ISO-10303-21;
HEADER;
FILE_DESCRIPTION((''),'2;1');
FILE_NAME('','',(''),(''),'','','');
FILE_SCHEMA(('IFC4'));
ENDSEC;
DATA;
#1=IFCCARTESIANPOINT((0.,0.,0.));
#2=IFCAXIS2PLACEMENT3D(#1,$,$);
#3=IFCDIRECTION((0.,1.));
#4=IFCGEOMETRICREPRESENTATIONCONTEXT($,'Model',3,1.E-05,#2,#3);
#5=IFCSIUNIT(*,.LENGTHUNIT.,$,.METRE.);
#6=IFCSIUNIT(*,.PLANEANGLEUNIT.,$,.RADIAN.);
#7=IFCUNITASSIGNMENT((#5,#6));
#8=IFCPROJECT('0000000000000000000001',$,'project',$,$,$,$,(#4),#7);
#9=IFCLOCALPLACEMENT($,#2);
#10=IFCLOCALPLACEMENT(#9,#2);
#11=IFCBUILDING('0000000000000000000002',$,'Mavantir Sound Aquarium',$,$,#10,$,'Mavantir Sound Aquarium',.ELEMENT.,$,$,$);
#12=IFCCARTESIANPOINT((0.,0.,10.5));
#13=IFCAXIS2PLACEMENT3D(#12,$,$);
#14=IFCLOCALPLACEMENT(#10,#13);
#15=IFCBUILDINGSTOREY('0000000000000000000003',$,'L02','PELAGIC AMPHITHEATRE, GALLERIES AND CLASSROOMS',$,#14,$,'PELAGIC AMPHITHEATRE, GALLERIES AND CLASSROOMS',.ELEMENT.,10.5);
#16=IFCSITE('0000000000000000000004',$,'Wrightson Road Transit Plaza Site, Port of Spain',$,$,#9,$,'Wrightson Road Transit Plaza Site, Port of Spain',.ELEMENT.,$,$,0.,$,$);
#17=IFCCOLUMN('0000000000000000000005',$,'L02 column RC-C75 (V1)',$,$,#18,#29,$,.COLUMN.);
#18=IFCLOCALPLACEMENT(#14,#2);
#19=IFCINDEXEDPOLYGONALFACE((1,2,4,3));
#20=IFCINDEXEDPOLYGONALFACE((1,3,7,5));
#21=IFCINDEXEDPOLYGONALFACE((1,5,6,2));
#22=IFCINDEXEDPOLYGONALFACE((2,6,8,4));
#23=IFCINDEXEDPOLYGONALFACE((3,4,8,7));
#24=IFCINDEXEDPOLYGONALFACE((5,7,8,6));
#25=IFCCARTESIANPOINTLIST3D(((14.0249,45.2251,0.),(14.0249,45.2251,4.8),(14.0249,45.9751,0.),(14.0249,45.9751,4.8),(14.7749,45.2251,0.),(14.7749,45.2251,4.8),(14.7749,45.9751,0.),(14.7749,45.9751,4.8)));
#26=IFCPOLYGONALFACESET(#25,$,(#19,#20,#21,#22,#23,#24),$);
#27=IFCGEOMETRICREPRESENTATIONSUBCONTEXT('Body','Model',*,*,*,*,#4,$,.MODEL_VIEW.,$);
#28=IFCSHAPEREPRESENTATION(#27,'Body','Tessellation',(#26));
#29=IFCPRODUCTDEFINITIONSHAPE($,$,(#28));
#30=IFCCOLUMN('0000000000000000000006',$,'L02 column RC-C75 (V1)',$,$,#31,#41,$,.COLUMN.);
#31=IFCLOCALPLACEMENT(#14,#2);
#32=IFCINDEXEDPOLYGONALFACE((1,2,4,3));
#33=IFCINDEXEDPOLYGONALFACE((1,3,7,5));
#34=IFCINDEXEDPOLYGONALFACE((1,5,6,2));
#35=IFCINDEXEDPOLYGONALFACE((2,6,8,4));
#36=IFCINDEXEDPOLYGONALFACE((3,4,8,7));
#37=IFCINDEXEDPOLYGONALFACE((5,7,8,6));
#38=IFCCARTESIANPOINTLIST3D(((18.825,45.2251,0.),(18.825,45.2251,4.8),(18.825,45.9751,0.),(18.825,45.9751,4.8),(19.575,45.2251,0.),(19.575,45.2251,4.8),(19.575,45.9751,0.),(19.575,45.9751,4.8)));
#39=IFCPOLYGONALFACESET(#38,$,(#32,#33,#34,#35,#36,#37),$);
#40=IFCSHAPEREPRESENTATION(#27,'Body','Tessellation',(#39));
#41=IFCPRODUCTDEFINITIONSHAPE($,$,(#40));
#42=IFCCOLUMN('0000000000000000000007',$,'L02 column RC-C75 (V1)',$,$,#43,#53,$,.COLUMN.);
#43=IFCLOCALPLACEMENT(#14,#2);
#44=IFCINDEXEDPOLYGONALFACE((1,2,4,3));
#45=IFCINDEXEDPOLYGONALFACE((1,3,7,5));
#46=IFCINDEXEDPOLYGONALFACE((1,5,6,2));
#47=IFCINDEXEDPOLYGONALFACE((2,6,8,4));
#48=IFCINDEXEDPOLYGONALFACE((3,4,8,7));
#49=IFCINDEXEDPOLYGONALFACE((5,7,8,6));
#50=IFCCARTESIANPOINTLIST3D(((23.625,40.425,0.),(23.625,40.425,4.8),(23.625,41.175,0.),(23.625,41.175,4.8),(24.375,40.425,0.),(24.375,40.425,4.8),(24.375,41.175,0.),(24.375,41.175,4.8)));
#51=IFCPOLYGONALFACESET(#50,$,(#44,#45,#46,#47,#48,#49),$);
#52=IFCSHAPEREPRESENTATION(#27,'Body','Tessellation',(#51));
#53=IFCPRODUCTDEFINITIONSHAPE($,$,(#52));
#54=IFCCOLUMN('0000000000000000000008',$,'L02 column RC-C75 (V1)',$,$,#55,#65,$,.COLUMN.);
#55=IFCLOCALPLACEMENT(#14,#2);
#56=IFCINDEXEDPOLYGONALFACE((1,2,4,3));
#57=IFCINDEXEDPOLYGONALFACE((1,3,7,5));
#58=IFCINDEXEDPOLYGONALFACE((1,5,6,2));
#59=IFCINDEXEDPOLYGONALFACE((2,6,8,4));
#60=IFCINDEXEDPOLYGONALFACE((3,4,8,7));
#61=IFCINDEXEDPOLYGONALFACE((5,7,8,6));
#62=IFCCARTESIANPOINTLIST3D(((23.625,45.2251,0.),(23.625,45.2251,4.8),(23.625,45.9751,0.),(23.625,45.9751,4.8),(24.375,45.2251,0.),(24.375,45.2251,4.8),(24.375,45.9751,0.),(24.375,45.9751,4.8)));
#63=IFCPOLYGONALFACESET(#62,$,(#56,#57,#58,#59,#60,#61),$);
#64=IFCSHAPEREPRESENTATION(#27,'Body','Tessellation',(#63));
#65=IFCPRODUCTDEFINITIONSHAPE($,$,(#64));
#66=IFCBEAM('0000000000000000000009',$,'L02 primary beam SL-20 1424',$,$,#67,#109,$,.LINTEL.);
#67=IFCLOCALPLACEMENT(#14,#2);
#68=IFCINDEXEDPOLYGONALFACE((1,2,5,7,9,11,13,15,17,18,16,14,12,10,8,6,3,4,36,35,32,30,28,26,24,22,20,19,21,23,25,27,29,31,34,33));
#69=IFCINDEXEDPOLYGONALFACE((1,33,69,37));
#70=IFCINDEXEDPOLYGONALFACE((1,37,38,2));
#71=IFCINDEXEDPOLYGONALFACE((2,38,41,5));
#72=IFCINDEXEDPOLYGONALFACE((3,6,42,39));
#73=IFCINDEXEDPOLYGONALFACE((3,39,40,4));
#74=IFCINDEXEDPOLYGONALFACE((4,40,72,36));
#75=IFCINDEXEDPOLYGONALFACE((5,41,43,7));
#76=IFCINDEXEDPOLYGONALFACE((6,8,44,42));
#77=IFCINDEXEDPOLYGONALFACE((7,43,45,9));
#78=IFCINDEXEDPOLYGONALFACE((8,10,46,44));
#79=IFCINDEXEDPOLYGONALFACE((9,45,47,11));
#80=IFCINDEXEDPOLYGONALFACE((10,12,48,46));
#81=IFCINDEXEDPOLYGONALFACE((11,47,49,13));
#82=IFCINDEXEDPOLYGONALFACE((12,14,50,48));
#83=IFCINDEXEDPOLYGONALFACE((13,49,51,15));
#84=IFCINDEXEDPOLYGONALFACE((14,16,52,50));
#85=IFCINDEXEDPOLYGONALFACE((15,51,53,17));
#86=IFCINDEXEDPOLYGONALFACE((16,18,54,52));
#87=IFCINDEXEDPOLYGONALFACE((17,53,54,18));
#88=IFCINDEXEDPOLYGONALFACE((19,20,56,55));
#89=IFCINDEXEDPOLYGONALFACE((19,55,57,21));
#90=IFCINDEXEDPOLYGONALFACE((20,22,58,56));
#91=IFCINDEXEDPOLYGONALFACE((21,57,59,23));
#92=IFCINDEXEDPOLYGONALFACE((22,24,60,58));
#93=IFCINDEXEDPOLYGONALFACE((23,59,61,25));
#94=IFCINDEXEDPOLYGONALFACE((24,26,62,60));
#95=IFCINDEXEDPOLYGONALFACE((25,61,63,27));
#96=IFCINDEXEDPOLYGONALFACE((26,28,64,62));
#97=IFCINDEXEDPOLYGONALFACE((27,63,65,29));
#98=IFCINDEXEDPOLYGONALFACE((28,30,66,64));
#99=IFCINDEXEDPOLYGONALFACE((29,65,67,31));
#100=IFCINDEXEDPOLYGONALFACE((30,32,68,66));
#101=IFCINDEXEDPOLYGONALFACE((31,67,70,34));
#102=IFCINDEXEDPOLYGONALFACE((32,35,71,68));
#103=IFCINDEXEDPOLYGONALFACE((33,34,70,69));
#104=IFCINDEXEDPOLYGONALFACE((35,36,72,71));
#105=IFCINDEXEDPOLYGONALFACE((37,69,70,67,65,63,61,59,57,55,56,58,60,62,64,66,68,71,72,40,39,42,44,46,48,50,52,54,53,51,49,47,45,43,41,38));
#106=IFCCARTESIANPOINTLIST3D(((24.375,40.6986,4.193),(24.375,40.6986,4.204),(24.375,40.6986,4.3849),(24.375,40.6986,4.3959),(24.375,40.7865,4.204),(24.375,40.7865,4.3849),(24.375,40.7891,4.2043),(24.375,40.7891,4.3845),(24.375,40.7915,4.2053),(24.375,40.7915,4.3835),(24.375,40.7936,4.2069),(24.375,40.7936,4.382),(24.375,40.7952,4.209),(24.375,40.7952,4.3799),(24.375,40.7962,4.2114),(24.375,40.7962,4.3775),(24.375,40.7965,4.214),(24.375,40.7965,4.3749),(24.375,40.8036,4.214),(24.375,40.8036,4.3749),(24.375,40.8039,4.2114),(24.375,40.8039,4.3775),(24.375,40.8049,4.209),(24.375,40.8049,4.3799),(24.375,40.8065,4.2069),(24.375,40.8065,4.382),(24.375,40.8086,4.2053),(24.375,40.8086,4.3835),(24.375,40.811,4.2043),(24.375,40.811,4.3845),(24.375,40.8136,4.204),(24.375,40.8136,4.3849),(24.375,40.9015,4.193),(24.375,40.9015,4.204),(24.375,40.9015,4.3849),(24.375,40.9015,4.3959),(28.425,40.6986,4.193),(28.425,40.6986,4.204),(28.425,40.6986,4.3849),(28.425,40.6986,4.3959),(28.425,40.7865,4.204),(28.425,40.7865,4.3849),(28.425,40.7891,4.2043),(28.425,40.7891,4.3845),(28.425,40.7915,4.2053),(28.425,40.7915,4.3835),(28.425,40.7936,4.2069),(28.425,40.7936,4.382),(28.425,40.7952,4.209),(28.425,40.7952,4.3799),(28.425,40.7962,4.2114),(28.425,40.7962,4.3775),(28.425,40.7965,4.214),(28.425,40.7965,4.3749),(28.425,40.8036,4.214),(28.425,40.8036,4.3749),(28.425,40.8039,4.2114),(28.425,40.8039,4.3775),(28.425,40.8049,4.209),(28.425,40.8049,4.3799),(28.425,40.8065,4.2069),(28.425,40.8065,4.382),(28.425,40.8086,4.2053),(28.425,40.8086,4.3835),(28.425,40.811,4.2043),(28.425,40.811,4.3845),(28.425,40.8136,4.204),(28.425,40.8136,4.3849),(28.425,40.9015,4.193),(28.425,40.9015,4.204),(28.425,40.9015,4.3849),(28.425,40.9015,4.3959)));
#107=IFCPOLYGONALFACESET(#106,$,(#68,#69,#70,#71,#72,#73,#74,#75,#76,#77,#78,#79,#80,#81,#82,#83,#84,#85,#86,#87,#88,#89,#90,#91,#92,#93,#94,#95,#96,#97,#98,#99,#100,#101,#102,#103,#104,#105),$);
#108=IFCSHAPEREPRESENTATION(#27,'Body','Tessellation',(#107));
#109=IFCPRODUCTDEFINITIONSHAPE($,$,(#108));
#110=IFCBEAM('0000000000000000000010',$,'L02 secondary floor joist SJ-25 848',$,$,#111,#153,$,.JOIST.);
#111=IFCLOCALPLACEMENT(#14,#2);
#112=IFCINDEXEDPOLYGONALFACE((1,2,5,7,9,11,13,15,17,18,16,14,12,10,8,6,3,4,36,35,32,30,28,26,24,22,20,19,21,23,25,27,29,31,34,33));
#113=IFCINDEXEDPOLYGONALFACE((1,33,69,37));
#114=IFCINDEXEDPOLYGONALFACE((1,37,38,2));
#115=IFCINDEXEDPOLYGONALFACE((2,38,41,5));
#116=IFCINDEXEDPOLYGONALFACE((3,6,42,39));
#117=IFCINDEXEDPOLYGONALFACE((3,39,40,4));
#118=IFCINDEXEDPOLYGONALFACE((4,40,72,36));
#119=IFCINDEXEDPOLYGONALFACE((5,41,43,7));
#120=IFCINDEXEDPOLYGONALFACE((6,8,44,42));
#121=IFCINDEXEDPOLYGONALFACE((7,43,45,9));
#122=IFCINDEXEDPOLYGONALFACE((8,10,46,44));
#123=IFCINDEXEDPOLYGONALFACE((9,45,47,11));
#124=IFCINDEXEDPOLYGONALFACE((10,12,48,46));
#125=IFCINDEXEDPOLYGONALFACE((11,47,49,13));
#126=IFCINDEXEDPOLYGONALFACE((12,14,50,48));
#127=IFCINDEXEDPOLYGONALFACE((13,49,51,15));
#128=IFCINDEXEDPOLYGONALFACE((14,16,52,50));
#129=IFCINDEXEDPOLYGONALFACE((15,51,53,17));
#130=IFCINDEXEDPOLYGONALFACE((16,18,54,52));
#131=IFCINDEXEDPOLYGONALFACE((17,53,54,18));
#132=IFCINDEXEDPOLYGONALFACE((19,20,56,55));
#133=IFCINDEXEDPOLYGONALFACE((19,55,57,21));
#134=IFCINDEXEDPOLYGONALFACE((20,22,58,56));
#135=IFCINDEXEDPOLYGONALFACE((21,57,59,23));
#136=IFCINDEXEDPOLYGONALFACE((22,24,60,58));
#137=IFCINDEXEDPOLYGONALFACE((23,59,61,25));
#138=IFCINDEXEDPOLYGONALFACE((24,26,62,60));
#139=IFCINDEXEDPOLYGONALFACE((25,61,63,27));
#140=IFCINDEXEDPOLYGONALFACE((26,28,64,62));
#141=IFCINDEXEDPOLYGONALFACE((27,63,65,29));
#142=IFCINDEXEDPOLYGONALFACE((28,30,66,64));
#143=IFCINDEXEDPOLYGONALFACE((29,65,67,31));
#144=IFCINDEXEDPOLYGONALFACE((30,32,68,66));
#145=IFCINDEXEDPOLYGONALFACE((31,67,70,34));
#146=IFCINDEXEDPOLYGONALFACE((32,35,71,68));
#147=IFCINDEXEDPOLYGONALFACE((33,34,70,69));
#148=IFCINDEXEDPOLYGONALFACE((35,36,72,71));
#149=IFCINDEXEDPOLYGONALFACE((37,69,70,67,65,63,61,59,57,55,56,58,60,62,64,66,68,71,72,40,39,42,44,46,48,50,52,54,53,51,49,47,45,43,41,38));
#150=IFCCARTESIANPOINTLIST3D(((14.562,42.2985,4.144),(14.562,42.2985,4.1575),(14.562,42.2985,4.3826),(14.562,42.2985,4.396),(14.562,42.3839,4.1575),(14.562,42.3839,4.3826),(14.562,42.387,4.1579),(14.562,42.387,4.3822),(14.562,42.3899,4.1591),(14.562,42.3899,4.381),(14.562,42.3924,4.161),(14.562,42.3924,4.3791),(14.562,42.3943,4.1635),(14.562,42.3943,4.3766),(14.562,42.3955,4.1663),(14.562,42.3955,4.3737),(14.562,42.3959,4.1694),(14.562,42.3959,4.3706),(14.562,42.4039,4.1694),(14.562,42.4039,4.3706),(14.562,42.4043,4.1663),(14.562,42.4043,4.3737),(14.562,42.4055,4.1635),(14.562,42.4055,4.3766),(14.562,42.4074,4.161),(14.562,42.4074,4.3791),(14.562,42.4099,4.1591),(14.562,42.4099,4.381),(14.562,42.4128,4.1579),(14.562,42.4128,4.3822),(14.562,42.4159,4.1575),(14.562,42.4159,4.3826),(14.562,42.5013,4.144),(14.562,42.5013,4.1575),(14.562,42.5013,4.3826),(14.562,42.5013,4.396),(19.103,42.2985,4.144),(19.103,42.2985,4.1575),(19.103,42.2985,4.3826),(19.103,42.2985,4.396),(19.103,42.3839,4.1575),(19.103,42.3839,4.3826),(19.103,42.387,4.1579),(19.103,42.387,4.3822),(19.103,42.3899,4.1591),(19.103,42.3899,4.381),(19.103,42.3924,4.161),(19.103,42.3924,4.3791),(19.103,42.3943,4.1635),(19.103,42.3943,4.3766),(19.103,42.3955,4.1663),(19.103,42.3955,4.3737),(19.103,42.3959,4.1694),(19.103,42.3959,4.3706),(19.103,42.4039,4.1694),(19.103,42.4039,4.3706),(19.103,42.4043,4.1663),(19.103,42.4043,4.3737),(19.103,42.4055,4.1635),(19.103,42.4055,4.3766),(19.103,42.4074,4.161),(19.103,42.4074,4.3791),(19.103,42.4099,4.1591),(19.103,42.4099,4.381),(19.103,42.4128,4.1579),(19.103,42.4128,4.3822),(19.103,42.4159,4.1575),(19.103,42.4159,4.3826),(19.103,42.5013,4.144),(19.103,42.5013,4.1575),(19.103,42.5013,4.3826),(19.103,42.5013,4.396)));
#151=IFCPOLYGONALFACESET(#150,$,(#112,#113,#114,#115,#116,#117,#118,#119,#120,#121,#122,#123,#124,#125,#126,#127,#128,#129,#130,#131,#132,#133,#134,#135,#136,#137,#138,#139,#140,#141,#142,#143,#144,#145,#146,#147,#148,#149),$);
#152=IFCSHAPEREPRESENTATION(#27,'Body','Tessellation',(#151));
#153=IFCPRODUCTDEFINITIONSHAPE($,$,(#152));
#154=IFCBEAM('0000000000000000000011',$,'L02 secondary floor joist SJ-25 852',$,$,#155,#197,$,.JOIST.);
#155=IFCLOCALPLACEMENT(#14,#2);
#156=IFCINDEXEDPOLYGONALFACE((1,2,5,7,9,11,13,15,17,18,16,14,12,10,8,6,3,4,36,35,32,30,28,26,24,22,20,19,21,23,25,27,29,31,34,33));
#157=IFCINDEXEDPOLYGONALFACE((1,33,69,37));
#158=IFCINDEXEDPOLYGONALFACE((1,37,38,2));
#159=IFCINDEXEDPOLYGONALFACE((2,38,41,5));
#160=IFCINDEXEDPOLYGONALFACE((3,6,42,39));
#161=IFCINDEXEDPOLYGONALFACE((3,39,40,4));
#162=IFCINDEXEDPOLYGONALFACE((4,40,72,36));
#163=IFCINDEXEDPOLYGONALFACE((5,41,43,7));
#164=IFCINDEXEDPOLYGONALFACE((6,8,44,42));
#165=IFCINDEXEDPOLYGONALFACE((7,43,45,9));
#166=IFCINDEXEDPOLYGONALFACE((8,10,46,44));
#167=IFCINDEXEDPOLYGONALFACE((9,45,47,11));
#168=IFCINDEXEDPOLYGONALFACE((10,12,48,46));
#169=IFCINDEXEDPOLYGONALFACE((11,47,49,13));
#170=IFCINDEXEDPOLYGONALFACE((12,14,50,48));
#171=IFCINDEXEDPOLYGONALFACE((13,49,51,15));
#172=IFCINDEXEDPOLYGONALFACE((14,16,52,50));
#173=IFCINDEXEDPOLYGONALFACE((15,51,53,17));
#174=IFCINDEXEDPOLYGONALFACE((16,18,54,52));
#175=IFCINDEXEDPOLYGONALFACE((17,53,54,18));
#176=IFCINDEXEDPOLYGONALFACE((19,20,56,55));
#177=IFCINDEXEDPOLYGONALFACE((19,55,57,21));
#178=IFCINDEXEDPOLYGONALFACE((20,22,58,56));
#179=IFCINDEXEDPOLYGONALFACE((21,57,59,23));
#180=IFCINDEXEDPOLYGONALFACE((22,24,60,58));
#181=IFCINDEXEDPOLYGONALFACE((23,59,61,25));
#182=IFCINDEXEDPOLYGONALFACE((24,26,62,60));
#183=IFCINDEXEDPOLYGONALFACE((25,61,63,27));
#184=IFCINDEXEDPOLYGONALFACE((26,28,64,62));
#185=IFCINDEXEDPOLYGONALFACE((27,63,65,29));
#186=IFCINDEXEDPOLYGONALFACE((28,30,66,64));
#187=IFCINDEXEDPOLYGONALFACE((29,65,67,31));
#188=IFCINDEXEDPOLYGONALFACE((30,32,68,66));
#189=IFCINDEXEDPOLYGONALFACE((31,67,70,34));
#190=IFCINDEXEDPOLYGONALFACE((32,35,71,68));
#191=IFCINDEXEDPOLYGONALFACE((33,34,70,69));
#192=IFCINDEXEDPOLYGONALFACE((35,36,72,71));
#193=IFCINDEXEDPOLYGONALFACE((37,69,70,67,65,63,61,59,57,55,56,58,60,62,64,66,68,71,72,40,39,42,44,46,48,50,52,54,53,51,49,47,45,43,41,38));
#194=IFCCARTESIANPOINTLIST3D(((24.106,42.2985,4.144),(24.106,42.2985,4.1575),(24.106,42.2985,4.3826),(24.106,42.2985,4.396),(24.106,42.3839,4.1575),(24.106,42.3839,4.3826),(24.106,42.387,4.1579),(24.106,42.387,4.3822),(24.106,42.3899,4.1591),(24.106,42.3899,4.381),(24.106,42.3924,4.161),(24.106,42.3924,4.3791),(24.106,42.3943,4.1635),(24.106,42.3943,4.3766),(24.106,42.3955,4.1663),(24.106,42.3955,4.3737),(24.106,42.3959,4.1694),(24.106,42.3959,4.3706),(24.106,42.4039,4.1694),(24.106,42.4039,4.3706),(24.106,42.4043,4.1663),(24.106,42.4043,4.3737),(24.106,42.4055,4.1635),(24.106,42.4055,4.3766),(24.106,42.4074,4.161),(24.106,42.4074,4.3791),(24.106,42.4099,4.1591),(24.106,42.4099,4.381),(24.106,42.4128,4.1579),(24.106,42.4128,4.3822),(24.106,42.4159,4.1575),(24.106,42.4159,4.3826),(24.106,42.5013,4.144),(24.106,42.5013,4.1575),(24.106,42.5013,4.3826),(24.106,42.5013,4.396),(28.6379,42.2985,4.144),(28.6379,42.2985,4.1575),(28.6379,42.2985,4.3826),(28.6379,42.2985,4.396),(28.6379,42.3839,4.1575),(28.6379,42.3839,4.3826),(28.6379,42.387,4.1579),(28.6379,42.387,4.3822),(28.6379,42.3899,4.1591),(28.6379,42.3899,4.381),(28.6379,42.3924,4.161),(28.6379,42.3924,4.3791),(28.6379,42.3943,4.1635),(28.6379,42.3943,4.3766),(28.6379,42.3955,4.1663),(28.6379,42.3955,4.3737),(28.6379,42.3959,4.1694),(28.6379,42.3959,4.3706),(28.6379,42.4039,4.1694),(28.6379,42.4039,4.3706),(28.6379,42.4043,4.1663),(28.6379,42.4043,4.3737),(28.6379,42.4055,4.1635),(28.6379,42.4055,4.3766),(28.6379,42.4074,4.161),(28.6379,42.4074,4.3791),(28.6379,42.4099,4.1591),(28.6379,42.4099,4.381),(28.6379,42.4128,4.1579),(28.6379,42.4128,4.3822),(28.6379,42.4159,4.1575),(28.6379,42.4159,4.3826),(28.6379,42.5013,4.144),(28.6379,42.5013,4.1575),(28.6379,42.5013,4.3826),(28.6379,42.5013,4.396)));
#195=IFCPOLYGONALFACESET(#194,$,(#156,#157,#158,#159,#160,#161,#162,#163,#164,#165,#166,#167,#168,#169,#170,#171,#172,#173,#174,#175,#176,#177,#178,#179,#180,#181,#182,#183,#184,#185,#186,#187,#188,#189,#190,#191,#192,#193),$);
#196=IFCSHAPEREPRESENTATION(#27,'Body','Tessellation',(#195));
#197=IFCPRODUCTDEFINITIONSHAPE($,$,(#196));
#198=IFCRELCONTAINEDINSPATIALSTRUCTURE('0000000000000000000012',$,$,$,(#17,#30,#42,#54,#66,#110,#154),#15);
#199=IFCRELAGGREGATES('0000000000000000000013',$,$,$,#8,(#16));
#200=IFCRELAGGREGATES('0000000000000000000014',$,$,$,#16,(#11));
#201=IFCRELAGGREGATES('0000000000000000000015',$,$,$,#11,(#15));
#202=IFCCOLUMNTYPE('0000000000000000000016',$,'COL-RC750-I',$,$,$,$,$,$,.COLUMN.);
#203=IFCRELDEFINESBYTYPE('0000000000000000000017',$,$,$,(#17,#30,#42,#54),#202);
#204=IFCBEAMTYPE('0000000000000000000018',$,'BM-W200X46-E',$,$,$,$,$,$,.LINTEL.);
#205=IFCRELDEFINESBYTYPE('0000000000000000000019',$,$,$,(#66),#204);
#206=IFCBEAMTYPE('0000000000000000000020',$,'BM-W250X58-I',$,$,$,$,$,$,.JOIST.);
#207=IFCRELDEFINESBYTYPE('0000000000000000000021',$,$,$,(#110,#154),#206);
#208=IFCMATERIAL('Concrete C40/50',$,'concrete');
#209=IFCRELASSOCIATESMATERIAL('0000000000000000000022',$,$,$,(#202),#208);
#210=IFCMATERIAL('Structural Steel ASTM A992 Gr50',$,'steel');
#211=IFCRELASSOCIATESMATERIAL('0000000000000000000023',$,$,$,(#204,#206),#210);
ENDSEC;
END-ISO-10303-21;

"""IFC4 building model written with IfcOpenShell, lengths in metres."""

from ifc_helpers import new_model, si_unit, direction, frame, origin, origin_2d, place, context, subcontext, project, spatial, rectangle, i_section, extrude, material, material_profile, profile_set, type_object, element, save


model = new_model("IFC4")

# Units and contexts
model_context = context("Model", 3, precision=1e-05, world=origin(), true_north=direction((0.0, 1.0)))
body_context = subcontext(model_context, "Body", "Model", "MODEL_VIEW")
ifc_project = project(units=[si_unit("LENGTHUNIT", "METRE"), si_unit("PLANEANGLEUNIT", "RADIAN")], contexts=[model_context])

# Site, building, storey
site_placement = place(None, origin())
site = spatial("IfcSite", under=ifc_project, at=site_placement, Name="Wrightson Road Transit Plaza Site, Port of Spain", LongName="Wrightson Road Transit Plaza Site, Port of Spain", CompositionType="ELEMENT", RefElevation=0.0)
building_placement = place(site_placement, origin())
building = spatial("IfcBuilding", under=site, at=building_placement, Name="Mavantir Sound Aquarium", LongName="Mavantir Sound Aquarium", CompositionType="ELEMENT")
storey_placement = place(building_placement, frame((0.0, 0.0, 10.5)))
storey = spatial("IfcBuildingStorey", under=building, at=storey_placement, Name="L02", Description="PELAGIC AMPHITHEATRE, GALLERIES AND CLASSROOMS", LongName="PELAGIC AMPHITHEATRE, GALLERIES AND CLASSROOMS", CompositionType="ELEMENT", Elevation=10.5)

# Columns
ifc_material_1 = material(Name="Concrete C40/50", Category="concrete")
ifc_material_profile_1 = material_profile(ifc_material_1, rectangle(XDim=0.75, YDim=0.75, at=origin_2d()), Name="RC 750X750")
ifc_profile_set_1 = profile_set([ifc_material_profile_1], Name="Concrete C40/50")
column_type = type_object("IfcColumnType", Name="COL-RC750-I", PredefinedType="COLUMN", material=ifc_profile_set_1)
for number, where, z_axis, x_axis, name in (
    (1, (14.3999, 45.6001, 0.0), (0.0, 0.0, 1.0), (1.0, 0.0, 0.0), "L02 column RC-C75 (V1)"),
    (2, (19.2, 45.6001, 0.0), (0.0, 0.0, 1.0), (1.0, 0.0, 0.0), "L02 column RC-C75 (V1)"),
    (3, (24.0, 40.8, 0.0), (0.0, 0.0, 1.0), (1.0, 0.0, 0.0), "L02 column RC-C75 (V1)"),
    (4, (24.0, 45.6001, 0.0), (0.0, 0.0, 1.0), (1.0, 0.0, 0.0), "L02 column RC-C75 (V1)"),
):
    element("IfcColumn", number, at=place(storey_placement, frame(where, z_axis=z_axis, x_axis=x_axis)), inside=storey, type_object=column_type, Name=name, PredefinedType="COLUMN", context=body_context, shape_type="SweptSolid", body=[
        extrude(rectangle(XDim=0.75, YDim=0.75, at=origin_2d()), origin(), (0.0, 0.0, 1.0), 4.8),
    ])

# Beams
ifc_material_2 = material(Name="Structural Steel ASTM A992 Gr50", Category="steel")
ifc_material_profile_2 = material_profile(ifc_material_2, i_section(OverallWidth=0.2029, OverallDepth=0.2029, WebThickness=0.0071, FlangeThickness=0.011, FilletRadius=0.01, at=origin_2d()), Name="W200X46")
ifc_profile_set_2 = profile_set([ifc_material_profile_2], Name="Structural Steel ASTM A992 Gr50")
beam_type_1 = type_object("IfcBeamType", Name="BM-W200X46-E", PredefinedType="LINTEL", material=ifc_profile_set_2)
beam_1_placement = place(storey_placement, frame((24.375, 40.8, 4.2944), z_axis=(1.0, 0.0, 0.0), x_axis=(0.0, 1.0, 0.0)))
element("IfcBeam", 5, at=beam_1_placement, inside=storey, type_object=beam_type_1, Name="L02 primary beam SL-20 1424", PredefinedType="LINTEL", context=body_context, shape_type="SweptSolid", body=[
    extrude(i_section(OverallWidth=0.2029, OverallDepth=0.2029, WebThickness=0.0071, FlangeThickness=0.011, FilletRadius=0.01, at=origin_2d()), origin(), (0.0, 0.0, 1.0), 4.05),
])
ifc_material_profile_3 = material_profile(ifc_material_2, i_section(OverallWidth=0.2029, OverallDepth=0.252, WebThickness=0.0081, FlangeThickness=0.0134, FilletRadius=0.012, at=origin_2d()), Name="W250X58")
ifc_profile_set_3 = profile_set([ifc_material_profile_3], Name="Structural Steel ASTM A992 Gr50")
beam_type_2 = type_object("IfcBeamType", Name="BM-W250X58-I", PredefinedType="JOIST", material=ifc_profile_set_3)
beam_2_placement = place(storey_placement, frame((14.562, 42.3999, 4.27), z_axis=(1.0, 0.0, 0.0), x_axis=(0.0, 1.0, 0.0)))
element("IfcBeam", 6, at=beam_2_placement, inside=storey, type_object=beam_type_2, Name="L02 secondary floor joist SJ-25 848", PredefinedType="JOIST", context=body_context, shape_type="SweptSolid", body=[
    extrude(i_section(OverallWidth=0.2029, OverallDepth=0.252, WebThickness=0.0081, FlangeThickness=0.0134, FilletRadius=0.012, at=origin_2d()), origin(), (0.0, 0.0, 1.0), 4.541),
])
beam_3_placement = place(storey_placement, frame((24.106, 42.3999, 4.27), z_axis=(1.0, 0.0, 0.0), x_axis=(0.0, 1.0, 0.0)))
element("IfcBeam", 7, at=beam_3_placement, inside=storey, type_object=beam_type_2, Name="L02 secondary floor joist SJ-25 852", PredefinedType="JOIST", context=body_context, shape_type="SweptSolid", body=[
    extrude(i_section(OverallWidth=0.2029, OverallDepth=0.252, WebThickness=0.0081, FlangeThickness=0.0134, FilletRadius=0.012, at=origin_2d()), origin(), (0.0, 0.0, 1.0), 4.532),
])

save(model, "model.ifc")
